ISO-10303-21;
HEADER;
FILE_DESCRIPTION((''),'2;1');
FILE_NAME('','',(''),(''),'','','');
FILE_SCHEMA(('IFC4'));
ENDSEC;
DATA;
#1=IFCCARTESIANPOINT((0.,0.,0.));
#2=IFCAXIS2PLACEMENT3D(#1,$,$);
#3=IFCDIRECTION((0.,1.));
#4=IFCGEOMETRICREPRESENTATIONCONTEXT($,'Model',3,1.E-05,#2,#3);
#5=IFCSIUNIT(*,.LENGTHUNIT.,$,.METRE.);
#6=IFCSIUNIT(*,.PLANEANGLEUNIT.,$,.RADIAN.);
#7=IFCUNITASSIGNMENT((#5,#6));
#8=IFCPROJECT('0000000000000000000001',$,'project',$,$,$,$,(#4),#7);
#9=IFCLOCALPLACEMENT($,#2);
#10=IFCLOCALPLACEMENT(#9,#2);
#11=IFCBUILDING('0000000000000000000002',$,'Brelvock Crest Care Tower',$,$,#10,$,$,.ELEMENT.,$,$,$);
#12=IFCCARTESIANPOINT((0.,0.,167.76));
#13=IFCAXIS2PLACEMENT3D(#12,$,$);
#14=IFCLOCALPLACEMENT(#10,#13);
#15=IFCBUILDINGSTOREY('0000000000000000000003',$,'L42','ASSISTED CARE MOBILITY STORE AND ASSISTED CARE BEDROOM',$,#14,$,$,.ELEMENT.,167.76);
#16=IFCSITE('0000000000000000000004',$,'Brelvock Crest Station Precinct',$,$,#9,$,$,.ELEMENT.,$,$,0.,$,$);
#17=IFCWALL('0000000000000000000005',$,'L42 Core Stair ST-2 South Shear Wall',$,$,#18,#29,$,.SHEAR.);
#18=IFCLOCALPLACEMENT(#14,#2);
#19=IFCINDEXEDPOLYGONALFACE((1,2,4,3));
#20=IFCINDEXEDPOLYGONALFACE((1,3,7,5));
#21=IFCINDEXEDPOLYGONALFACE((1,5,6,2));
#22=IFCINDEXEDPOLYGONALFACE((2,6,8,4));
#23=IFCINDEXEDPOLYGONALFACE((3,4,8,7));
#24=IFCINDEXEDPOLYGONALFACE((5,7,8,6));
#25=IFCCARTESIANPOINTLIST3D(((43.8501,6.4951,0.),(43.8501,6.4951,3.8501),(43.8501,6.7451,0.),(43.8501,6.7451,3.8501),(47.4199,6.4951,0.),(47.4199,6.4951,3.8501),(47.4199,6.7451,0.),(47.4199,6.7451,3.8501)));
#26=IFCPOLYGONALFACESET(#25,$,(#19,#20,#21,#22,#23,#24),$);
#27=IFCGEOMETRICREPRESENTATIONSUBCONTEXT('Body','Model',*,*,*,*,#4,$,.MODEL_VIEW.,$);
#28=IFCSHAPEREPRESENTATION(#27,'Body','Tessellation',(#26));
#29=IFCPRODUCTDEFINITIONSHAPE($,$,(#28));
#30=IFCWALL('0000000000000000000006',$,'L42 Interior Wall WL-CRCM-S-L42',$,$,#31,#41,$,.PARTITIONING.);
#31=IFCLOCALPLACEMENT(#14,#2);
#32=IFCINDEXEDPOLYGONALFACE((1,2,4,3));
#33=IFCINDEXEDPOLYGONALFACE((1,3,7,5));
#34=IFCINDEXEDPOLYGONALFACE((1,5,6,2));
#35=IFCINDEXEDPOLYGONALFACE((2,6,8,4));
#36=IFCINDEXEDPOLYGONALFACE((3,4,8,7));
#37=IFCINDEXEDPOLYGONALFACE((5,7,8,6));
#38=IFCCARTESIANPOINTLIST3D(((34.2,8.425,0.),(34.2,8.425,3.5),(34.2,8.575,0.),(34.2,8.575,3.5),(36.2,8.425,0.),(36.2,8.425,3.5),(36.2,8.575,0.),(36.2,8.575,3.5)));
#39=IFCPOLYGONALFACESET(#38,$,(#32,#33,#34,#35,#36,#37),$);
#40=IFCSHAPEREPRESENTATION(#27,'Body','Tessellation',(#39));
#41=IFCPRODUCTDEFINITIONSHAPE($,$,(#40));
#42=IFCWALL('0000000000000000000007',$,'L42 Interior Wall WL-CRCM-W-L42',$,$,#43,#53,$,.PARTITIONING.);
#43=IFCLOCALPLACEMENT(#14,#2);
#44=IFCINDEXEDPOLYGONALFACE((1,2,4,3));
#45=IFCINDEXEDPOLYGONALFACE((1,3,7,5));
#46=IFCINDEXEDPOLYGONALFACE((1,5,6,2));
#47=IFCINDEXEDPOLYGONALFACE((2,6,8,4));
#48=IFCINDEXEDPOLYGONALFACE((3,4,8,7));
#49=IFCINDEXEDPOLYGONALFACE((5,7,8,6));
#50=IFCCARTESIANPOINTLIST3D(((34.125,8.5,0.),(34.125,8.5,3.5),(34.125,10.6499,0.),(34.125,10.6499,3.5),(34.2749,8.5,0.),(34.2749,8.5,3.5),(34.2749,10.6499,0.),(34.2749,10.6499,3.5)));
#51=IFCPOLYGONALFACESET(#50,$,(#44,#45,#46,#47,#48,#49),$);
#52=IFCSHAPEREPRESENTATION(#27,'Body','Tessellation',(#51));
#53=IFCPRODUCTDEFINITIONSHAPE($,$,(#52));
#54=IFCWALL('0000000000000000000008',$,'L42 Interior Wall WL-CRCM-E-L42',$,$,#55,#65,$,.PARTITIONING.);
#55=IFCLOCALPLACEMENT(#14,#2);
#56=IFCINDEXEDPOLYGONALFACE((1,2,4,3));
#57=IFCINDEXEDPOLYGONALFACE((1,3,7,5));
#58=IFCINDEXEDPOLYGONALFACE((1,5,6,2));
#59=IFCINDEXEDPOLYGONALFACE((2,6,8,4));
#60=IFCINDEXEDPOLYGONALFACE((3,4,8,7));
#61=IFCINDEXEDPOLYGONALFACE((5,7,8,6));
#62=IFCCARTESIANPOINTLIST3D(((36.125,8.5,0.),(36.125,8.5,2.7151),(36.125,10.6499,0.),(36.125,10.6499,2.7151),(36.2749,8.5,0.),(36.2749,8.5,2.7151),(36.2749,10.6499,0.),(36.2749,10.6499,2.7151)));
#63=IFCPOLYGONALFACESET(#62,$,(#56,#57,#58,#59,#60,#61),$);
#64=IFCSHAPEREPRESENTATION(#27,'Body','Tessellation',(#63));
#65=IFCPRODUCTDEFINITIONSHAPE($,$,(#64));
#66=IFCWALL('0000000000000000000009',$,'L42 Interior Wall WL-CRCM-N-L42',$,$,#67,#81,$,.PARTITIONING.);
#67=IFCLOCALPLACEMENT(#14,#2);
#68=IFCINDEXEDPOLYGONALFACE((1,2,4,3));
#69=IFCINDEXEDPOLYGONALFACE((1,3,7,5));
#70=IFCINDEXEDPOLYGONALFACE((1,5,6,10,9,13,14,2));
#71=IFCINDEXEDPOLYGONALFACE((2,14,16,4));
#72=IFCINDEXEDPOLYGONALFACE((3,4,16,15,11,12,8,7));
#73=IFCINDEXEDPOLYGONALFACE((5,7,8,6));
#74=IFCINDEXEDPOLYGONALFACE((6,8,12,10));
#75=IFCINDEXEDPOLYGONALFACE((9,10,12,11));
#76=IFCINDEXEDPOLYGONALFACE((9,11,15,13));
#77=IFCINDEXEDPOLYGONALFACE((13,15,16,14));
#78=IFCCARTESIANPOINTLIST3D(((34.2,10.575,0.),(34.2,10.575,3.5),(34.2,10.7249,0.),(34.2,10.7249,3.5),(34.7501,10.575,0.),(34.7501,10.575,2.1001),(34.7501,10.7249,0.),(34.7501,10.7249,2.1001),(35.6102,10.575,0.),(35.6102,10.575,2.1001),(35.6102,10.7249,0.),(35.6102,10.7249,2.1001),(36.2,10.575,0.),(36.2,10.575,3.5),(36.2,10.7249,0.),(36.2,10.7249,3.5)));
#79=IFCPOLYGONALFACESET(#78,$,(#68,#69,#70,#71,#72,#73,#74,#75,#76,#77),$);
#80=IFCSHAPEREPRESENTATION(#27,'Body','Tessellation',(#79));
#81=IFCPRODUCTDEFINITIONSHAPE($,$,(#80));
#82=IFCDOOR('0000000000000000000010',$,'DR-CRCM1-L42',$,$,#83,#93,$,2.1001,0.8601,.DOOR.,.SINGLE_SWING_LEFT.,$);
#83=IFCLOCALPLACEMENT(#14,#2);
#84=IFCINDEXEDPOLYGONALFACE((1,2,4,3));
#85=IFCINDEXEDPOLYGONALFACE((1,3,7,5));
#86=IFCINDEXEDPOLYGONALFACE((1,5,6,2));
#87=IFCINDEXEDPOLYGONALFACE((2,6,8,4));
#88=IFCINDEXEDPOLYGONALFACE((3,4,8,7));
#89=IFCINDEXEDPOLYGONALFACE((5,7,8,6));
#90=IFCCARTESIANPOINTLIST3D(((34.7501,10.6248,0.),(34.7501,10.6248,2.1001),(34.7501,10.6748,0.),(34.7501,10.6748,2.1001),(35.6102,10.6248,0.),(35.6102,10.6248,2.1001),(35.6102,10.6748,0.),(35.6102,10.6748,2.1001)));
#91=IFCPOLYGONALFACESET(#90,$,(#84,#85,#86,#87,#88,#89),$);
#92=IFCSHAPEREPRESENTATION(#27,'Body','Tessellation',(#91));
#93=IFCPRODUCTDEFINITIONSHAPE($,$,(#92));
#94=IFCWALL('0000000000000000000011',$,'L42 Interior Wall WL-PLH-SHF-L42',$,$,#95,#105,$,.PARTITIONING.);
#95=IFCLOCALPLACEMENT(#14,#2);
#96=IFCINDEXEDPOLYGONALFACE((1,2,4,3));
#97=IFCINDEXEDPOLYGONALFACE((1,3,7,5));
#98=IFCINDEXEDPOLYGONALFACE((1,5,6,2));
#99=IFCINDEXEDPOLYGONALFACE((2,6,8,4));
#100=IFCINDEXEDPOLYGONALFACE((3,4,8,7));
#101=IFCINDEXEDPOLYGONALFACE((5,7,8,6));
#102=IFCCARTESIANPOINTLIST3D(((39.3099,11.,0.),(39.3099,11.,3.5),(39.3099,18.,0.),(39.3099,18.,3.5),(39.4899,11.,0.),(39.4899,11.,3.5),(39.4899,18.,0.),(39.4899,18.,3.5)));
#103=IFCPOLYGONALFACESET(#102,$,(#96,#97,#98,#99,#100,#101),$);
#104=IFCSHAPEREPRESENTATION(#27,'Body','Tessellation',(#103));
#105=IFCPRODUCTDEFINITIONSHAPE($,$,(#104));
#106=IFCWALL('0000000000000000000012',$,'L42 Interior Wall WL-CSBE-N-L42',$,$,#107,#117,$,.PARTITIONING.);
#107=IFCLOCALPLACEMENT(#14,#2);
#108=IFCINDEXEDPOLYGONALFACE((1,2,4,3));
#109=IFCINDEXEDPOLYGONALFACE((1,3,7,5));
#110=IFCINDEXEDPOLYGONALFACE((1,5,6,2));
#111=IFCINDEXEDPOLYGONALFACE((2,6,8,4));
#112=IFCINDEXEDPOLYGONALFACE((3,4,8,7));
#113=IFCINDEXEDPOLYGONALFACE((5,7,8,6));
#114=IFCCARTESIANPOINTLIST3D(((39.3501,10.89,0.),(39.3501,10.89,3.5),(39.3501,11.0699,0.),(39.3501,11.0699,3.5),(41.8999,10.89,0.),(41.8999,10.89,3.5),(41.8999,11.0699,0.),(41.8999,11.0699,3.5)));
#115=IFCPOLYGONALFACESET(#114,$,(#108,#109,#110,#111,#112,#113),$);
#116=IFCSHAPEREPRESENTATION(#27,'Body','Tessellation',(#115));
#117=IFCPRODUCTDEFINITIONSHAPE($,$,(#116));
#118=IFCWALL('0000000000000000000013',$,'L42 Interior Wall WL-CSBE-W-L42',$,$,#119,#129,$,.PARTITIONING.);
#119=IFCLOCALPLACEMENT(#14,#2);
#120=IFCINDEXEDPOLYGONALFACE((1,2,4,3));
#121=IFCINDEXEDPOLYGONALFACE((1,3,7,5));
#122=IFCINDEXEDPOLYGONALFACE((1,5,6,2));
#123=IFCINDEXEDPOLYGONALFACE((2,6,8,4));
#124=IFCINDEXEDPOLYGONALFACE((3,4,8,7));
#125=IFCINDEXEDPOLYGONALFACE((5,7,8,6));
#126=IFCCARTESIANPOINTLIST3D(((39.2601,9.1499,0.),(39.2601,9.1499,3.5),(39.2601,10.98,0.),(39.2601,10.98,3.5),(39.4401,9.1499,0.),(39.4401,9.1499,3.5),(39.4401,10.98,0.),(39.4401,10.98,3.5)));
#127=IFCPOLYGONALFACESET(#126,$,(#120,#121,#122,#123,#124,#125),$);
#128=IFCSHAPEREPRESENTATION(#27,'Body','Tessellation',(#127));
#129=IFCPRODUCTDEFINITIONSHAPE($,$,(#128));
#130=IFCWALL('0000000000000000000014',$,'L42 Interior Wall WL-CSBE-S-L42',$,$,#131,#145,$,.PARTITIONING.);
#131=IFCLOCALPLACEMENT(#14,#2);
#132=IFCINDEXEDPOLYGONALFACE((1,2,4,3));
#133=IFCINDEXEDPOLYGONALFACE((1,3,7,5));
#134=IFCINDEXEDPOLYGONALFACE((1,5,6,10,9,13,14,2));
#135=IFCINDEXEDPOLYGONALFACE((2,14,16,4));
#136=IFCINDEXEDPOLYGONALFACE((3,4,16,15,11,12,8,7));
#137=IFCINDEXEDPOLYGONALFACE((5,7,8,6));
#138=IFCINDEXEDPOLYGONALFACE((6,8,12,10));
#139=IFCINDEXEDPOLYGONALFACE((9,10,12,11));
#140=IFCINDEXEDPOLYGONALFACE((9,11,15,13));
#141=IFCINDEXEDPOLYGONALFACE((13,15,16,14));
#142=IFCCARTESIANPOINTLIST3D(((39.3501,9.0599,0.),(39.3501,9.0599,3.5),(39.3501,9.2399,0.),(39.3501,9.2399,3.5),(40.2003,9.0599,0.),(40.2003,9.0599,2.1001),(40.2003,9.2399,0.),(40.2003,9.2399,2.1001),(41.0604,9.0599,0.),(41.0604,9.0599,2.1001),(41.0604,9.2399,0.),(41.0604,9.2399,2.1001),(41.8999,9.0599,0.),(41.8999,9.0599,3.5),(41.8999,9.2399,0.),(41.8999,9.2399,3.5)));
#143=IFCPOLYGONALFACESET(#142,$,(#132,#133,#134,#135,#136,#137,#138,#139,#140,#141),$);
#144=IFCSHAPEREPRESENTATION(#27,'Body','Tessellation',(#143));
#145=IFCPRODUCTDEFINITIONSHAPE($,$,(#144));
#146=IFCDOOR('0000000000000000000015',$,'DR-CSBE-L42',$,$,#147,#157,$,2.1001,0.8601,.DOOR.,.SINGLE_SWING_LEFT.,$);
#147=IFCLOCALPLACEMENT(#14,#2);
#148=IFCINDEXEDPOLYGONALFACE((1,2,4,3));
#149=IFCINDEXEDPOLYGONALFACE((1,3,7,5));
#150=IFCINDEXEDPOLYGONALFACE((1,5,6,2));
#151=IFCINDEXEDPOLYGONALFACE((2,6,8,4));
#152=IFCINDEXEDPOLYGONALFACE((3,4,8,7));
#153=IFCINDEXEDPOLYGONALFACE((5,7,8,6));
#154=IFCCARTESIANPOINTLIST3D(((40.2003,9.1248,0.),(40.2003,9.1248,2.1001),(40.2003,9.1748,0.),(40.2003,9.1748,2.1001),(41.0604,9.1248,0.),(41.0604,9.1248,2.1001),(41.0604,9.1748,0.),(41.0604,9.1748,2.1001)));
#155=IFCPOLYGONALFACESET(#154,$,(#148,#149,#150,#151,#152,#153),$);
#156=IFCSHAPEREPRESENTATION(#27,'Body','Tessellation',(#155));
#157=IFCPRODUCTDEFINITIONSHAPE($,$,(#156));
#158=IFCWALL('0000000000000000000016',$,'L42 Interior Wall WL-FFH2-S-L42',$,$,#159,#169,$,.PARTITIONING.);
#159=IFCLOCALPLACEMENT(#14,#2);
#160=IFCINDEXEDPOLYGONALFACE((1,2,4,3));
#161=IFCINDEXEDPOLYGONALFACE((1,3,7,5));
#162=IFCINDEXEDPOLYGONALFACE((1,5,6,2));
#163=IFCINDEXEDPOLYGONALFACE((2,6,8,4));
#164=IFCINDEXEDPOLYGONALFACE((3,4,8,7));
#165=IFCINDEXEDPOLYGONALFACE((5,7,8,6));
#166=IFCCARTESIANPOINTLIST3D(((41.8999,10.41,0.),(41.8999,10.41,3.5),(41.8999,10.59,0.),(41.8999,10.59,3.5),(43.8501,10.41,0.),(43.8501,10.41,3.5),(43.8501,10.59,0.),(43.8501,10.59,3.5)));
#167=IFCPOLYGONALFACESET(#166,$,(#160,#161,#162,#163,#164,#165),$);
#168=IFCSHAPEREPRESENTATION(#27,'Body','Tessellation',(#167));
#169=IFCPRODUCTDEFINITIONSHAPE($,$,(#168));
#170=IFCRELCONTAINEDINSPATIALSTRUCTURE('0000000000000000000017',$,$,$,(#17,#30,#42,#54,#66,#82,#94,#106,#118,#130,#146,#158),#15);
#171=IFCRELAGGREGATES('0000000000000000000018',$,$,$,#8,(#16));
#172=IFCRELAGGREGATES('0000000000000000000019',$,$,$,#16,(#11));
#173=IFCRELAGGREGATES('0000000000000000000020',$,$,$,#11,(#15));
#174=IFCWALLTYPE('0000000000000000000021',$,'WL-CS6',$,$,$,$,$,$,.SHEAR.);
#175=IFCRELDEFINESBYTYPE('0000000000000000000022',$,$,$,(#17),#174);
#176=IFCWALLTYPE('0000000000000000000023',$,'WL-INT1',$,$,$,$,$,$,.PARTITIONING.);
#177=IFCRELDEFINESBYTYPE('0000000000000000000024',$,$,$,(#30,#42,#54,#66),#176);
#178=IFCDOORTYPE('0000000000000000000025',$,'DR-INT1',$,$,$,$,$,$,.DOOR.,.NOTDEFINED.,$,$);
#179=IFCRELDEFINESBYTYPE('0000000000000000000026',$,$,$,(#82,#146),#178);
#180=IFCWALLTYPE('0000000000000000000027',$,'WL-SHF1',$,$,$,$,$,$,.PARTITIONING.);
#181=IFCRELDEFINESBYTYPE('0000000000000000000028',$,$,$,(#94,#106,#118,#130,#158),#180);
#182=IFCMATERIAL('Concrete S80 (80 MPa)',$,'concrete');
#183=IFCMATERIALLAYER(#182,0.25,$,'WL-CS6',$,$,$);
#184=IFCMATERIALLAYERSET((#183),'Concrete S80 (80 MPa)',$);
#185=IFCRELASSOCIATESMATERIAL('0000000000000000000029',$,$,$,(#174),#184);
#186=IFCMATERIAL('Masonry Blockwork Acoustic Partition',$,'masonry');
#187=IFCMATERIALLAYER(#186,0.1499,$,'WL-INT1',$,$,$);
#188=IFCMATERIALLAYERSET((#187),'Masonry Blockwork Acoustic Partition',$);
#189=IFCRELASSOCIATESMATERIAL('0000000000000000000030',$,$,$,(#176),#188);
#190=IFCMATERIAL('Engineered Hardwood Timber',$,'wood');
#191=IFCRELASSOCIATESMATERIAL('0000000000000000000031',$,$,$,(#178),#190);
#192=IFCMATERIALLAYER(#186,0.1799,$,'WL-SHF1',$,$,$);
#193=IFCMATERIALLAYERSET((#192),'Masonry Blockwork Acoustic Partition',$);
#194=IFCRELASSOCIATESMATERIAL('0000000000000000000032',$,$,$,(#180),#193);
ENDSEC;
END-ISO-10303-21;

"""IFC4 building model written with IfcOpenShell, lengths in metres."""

from ifc_helpers import new_model, si_unit, direction, frame, frame_2d, origin, origin_2d, place, context, subcontext, project, spatial, rectangle, extrude, source, transform, mapped, material, layer, layer_set, type_object, element, fill, save


model = new_model("IFC4")

# Units and contexts
model_context = context("Model", 3, precision=1e-05, world=origin(), true_north=direction((0.0, 1.0)))
body_context = subcontext(model_context, "Body", "Model", "MODEL_VIEW")
ifc_project = project(units=[si_unit("LENGTHUNIT", "METRE"), si_unit("PLANEANGLEUNIT", "RADIAN")], contexts=[model_context])

# Site, building, storey
site_placement = place(None, origin())
site = spatial("IfcSite", under=ifc_project, at=site_placement, Name="Brelvock Crest Station Precinct", CompositionType="ELEMENT", RefElevation=0.0)
building_placement = place(site_placement, origin())
building = spatial("IfcBuilding", under=site, at=building_placement, Name="Brelvock Crest Care Tower", CompositionType="ELEMENT")
storey_placement = place(building_placement, frame((0.0, 0.0, 167.76)))
storey = spatial("IfcBuildingStorey", under=building, at=storey_placement, Name="L42", Description="ASSISTED CARE MOBILITY STORE AND ASSISTED CARE BEDROOM", CompositionType="ELEMENT", Elevation=167.76)

# Walls
ifc_material_1 = material(Name="Concrete S80 (80 MPa)", Category="concrete")
ifc_layer_1 = layer(ifc_material_1, 0.25, Name="WL-CS6")
ifc_layer_set_1 = layer_set([ifc_layer_1], Name="Concrete S80 (80 MPa)")
wall_type_1 = type_object("IfcWallType", Name="WL-CS6", PredefinedType="SHEAR", material=ifc_layer_set_1)
wall_1_placement = place(storey_placement, frame((43.8501, 6.6201, 0.0), z_axis=(0.0, 0.0, 1.0), x_axis=(1.0, 0.0, 0.0)))
element("IfcWall", 1, at=wall_1_placement, inside=storey, type_object=wall_type_1, Name="L42 Core Stair ST-2 South Shear Wall", PredefinedType="SHEAR", context=body_context, shape_type="SweptSolid", body=[
    extrude(rectangle(XDim=3.5698, YDim=0.25, at=frame_2d((1.7849, 0.0))), origin(), (0.0, 0.0, 1.0), 3.8501),
])
ifc_material_2 = material(Name="Masonry Blockwork Acoustic Partition", Category="masonry")
ifc_layer_2 = layer(ifc_material_2, 0.1499, Name="WL-INT1")
ifc_layer_set_2 = layer_set([ifc_layer_2], Name="Masonry Blockwork Acoustic Partition")
wall_type_2 = type_object("IfcWallType", Name="WL-INT1", PredefinedType="PARTITIONING", material=ifc_layer_set_2)
wall_2_placement = place(storey_placement, frame((34.2, 8.5, 0.0), z_axis=(0.0, 0.0, 1.0), x_axis=(1.0, 0.0, 0.0)))
element("IfcWall", 2, at=wall_2_placement, inside=storey, type_object=wall_type_2, Name="L42 Interior Wall WL-CRCM-S-L42", PredefinedType="PARTITIONING", context=body_context, shape_type="SweptSolid", body=[
    extrude(rectangle(XDim=2.0, YDim=0.1499, at=frame_2d((1.0, 0.0))), origin(), (0.0, 0.0, 1.0), 3.5),
])
wall_3_placement = place(storey_placement, frame((34.2, 8.5, 0.0), z_axis=(0.0, 0.0, 1.0), x_axis=(0.0, 1.0, 0.0)))
element("IfcWall", 3, at=wall_3_placement, inside=storey, type_object=wall_type_2, Name="L42 Interior Wall WL-CRCM-W-L42", PredefinedType="PARTITIONING", context=body_context, shape_type="SweptSolid", body=[
    extrude(rectangle(XDim=2.1499, YDim=0.1499, at=frame_2d((1.075, 0.0))), origin(), (0.0, 0.0, 1.0), 3.5),
])
wall_4_placement = place(storey_placement, frame((36.2, 8.5, 0.0), z_axis=(0.0, 0.0, 1.0), x_axis=(0.0, 1.0, 0.0)))
element("IfcWall", 4, at=wall_4_placement, inside=storey, type_object=wall_type_2, Name="L42 Interior Wall WL-CRCM-E-L42", PredefinedType="PARTITIONING", context=body_context, shape_type="SweptSolid", body=[
    extrude(rectangle(XDim=2.1499, YDim=0.1499, at=frame_2d((1.075, 0.0))), origin(), (0.0, 0.0, 1.0), 2.7151),
])

# Wall, opening, door
wall_5_placement = place(storey_placement, frame((34.2, 10.6499, 0.0), z_axis=(0.0, 0.0, 1.0), x_axis=(1.0, 0.0, 0.0)))
wall_5 = element("IfcWall", 5, at=wall_5_placement, inside=storey, type_object=wall_type_2, Name="L42 Interior Wall WL-CRCM-N-L42", PredefinedType="PARTITIONING", context=body_context, shape_type="SweptSolid", body=[
    extrude(rectangle(XDim=2.0, YDim=0.1499, at=frame_2d((1.0, 0.0))), origin(), (0.0, 0.0, 1.0), 3.5),
])
opening_1_placement = place(wall_5_placement, frame((0.55, 0.0, 0.0)))
opening_1 = element("IfcOpeningElement", 6, at=opening_1_placement, cuts=wall_5, PredefinedType="OPENING", context=body_context, shape_type="SweptSolid", body=[
    extrude(rectangle(XDim=0.8601, YDim=2.1001, at=origin_2d()), frame((0.4302, 0.085, 1.05), z_axis=(0.0, -1.0, 0.0), x_axis=(1.0, 0.0, 0.0)), (0.0, 0.0, 1.0), 0.1699),
])
ifc_material_3 = material(Name="Engineered Hardwood Timber", Category="wood")
door_type = type_object("IfcDoorType", Name="DR-INT1", OperationType="NOTDEFINED", PredefinedType="DOOR", material=ifc_material_3)
shared_shape_1 = source(origin(), body_context, "Body", "SweptSolid", [
    extrude(rectangle(XDim=0.8601, YDim=2.1001, at=origin_2d()), frame((0.4302, 0.0249, 1.05), z_axis=(0.0, -1.0, 0.0), x_axis=(1.0, 0.0, 0.0)), (0.0, 0.0, 1.0), 0.05),
])
door_1_placement = place(opening_1_placement, origin())
door_1 = element("IfcDoor", 7, at=door_1_placement, inside=storey, type_object=door_type, Name="DR-CRCM1-L42", OperationType="SINGLE_SWING_LEFT", OverallHeight=2.1001, OverallWidth=0.8601, PredefinedType="DOOR", context=body_context, shape_type="MappedRepresentation", body=[
    mapped(shared_shape_1, transform((0.0, 0.0, 0.0), x_axis=(1.0, 0.0, 0.0), y_axis=(0.0, 1.0, 0.0), z_axis=(0.0, 0.0, 1.0), scale=1.0)),
])
fill(opening_1, door_1)

# Walls
ifc_layer_3 = layer(ifc_material_2, 0.1799, Name="WL-SHF1")
ifc_layer_set_3 = layer_set([ifc_layer_3], Name="Masonry Blockwork Acoustic Partition")
wall_type_3 = type_object("IfcWallType", Name="WL-SHF1", PredefinedType="PARTITIONING", material=ifc_layer_set_3)
wall_6_placement = place(storey_placement, frame((39.3999, 11.0, 0.0), z_axis=(0.0, 0.0, 1.0), x_axis=(0.0, 1.0, 0.0)))
element("IfcWall", 8, at=wall_6_placement, inside=storey, type_object=wall_type_3, Name="L42 Interior Wall WL-PLH-SHF-L42", PredefinedType="PARTITIONING", context=body_context, shape_type="SweptSolid", body=[
    extrude(rectangle(XDim=7.0, YDim=0.1799, at=frame_2d((3.5, 0.0))), origin(), (0.0, 0.0, 1.0), 3.5),
])
wall_7_placement = place(storey_placement, frame((39.3501, 10.98, 0.0), z_axis=(0.0, 0.0, 1.0), x_axis=(1.0, 0.0, 0.0)))
element("IfcWall", 9, at=wall_7_placement, inside=storey, type_object=wall_type_3, Name="L42 Interior Wall WL-CSBE-N-L42", PredefinedType="PARTITIONING", context=body_context, shape_type="SweptSolid", body=[
    extrude(rectangle(XDim=2.5498, YDim=0.1799, at=frame_2d((1.2749, 0.0))), origin(), (0.0, 0.0, 1.0), 3.5),
])
wall_8_placement = place(storey_placement, frame((39.3501, 9.1499, 0.0), z_axis=(0.0, 0.0, 1.0), x_axis=(0.0, 1.0, 0.0)))
element("IfcWall", 10, at=wall_8_placement, inside=storey, type_object=wall_type_3, Name="L42 Interior Wall WL-CSBE-W-L42", PredefinedType="PARTITIONING", context=body_context, shape_type="SweptSolid", body=[
    extrude(rectangle(XDim=1.8301, YDim=0.1799, at=frame_2d((0.915, 0.0))), origin(), (0.0, 0.0, 1.0), 3.5),
])

# Wall, opening, door
wall_9_placement = place(storey_placement, frame((39.3501, 9.1499, 0.0), z_axis=(0.0, 0.0, 1.0), x_axis=(1.0, 0.0, 0.0)))
wall_9 = element("IfcWall", 11, at=wall_9_placement, inside=storey, type_object=wall_type_3, Name="L42 Interior Wall WL-CSBE-S-L42", PredefinedType="PARTITIONING", context=body_context, shape_type="SweptSolid", body=[
    extrude(rectangle(XDim=2.5498, YDim=0.1799, at=frame_2d((1.2749, 0.0))), origin(), (0.0, 0.0, 1.0), 3.5),
])
opening_2_placement = place(wall_9_placement, frame((0.8501, 0.0, 0.0)))
opening_2 = element("IfcOpeningElement", 12, at=opening_2_placement, cuts=wall_9, PredefinedType="OPENING", context=body_context, shape_type="SweptSolid", body=[
    extrude(rectangle(XDim=0.8601, YDim=2.1001, at=origin_2d()), frame((0.4302, 0.1001, 1.05), z_axis=(0.0, -1.0, 0.0), x_axis=(1.0, 0.0, 0.0)), (0.0, 0.0, 1.0), 0.2),
])
door_2_placement = place(opening_2_placement, origin())
door_2 = element("IfcDoor", 13, at=door_2_placement, inside=storey, type_object=door_type, Name="DR-CSBE-L42", OperationType="SINGLE_SWING_LEFT", OverallHeight=2.1001, OverallWidth=0.8601, PredefinedType="DOOR", context=body_context, shape_type="MappedRepresentation", body=[
    mapped(shared_shape_1, transform((0.0, 0.0, 0.0), x_axis=(1.0, 0.0, 0.0), y_axis=(0.0, 1.0, 0.0), z_axis=(0.0, 0.0, 1.0), scale=1.0)),
])
fill(opening_2, door_2)

# Wall
wall_10_placement = place(storey_placement, frame((41.8999, 10.5, 0.0), z_axis=(0.0, 0.0, 1.0), x_axis=(1.0, 0.0, 0.0)))
element("IfcWall", 14, at=wall_10_placement, inside=storey, type_object=wall_type_3, Name="L42 Interior Wall WL-FFH2-S-L42", PredefinedType="PARTITIONING", context=body_context, shape_type="SweptSolid", body=[
    extrude(rectangle(XDim=1.9502, YDim=0.1799, at=frame_2d((0.9751, 0.0))), origin(), (0.0, 0.0, 1.0), 3.5),
])

save(model, "model.ifc")
